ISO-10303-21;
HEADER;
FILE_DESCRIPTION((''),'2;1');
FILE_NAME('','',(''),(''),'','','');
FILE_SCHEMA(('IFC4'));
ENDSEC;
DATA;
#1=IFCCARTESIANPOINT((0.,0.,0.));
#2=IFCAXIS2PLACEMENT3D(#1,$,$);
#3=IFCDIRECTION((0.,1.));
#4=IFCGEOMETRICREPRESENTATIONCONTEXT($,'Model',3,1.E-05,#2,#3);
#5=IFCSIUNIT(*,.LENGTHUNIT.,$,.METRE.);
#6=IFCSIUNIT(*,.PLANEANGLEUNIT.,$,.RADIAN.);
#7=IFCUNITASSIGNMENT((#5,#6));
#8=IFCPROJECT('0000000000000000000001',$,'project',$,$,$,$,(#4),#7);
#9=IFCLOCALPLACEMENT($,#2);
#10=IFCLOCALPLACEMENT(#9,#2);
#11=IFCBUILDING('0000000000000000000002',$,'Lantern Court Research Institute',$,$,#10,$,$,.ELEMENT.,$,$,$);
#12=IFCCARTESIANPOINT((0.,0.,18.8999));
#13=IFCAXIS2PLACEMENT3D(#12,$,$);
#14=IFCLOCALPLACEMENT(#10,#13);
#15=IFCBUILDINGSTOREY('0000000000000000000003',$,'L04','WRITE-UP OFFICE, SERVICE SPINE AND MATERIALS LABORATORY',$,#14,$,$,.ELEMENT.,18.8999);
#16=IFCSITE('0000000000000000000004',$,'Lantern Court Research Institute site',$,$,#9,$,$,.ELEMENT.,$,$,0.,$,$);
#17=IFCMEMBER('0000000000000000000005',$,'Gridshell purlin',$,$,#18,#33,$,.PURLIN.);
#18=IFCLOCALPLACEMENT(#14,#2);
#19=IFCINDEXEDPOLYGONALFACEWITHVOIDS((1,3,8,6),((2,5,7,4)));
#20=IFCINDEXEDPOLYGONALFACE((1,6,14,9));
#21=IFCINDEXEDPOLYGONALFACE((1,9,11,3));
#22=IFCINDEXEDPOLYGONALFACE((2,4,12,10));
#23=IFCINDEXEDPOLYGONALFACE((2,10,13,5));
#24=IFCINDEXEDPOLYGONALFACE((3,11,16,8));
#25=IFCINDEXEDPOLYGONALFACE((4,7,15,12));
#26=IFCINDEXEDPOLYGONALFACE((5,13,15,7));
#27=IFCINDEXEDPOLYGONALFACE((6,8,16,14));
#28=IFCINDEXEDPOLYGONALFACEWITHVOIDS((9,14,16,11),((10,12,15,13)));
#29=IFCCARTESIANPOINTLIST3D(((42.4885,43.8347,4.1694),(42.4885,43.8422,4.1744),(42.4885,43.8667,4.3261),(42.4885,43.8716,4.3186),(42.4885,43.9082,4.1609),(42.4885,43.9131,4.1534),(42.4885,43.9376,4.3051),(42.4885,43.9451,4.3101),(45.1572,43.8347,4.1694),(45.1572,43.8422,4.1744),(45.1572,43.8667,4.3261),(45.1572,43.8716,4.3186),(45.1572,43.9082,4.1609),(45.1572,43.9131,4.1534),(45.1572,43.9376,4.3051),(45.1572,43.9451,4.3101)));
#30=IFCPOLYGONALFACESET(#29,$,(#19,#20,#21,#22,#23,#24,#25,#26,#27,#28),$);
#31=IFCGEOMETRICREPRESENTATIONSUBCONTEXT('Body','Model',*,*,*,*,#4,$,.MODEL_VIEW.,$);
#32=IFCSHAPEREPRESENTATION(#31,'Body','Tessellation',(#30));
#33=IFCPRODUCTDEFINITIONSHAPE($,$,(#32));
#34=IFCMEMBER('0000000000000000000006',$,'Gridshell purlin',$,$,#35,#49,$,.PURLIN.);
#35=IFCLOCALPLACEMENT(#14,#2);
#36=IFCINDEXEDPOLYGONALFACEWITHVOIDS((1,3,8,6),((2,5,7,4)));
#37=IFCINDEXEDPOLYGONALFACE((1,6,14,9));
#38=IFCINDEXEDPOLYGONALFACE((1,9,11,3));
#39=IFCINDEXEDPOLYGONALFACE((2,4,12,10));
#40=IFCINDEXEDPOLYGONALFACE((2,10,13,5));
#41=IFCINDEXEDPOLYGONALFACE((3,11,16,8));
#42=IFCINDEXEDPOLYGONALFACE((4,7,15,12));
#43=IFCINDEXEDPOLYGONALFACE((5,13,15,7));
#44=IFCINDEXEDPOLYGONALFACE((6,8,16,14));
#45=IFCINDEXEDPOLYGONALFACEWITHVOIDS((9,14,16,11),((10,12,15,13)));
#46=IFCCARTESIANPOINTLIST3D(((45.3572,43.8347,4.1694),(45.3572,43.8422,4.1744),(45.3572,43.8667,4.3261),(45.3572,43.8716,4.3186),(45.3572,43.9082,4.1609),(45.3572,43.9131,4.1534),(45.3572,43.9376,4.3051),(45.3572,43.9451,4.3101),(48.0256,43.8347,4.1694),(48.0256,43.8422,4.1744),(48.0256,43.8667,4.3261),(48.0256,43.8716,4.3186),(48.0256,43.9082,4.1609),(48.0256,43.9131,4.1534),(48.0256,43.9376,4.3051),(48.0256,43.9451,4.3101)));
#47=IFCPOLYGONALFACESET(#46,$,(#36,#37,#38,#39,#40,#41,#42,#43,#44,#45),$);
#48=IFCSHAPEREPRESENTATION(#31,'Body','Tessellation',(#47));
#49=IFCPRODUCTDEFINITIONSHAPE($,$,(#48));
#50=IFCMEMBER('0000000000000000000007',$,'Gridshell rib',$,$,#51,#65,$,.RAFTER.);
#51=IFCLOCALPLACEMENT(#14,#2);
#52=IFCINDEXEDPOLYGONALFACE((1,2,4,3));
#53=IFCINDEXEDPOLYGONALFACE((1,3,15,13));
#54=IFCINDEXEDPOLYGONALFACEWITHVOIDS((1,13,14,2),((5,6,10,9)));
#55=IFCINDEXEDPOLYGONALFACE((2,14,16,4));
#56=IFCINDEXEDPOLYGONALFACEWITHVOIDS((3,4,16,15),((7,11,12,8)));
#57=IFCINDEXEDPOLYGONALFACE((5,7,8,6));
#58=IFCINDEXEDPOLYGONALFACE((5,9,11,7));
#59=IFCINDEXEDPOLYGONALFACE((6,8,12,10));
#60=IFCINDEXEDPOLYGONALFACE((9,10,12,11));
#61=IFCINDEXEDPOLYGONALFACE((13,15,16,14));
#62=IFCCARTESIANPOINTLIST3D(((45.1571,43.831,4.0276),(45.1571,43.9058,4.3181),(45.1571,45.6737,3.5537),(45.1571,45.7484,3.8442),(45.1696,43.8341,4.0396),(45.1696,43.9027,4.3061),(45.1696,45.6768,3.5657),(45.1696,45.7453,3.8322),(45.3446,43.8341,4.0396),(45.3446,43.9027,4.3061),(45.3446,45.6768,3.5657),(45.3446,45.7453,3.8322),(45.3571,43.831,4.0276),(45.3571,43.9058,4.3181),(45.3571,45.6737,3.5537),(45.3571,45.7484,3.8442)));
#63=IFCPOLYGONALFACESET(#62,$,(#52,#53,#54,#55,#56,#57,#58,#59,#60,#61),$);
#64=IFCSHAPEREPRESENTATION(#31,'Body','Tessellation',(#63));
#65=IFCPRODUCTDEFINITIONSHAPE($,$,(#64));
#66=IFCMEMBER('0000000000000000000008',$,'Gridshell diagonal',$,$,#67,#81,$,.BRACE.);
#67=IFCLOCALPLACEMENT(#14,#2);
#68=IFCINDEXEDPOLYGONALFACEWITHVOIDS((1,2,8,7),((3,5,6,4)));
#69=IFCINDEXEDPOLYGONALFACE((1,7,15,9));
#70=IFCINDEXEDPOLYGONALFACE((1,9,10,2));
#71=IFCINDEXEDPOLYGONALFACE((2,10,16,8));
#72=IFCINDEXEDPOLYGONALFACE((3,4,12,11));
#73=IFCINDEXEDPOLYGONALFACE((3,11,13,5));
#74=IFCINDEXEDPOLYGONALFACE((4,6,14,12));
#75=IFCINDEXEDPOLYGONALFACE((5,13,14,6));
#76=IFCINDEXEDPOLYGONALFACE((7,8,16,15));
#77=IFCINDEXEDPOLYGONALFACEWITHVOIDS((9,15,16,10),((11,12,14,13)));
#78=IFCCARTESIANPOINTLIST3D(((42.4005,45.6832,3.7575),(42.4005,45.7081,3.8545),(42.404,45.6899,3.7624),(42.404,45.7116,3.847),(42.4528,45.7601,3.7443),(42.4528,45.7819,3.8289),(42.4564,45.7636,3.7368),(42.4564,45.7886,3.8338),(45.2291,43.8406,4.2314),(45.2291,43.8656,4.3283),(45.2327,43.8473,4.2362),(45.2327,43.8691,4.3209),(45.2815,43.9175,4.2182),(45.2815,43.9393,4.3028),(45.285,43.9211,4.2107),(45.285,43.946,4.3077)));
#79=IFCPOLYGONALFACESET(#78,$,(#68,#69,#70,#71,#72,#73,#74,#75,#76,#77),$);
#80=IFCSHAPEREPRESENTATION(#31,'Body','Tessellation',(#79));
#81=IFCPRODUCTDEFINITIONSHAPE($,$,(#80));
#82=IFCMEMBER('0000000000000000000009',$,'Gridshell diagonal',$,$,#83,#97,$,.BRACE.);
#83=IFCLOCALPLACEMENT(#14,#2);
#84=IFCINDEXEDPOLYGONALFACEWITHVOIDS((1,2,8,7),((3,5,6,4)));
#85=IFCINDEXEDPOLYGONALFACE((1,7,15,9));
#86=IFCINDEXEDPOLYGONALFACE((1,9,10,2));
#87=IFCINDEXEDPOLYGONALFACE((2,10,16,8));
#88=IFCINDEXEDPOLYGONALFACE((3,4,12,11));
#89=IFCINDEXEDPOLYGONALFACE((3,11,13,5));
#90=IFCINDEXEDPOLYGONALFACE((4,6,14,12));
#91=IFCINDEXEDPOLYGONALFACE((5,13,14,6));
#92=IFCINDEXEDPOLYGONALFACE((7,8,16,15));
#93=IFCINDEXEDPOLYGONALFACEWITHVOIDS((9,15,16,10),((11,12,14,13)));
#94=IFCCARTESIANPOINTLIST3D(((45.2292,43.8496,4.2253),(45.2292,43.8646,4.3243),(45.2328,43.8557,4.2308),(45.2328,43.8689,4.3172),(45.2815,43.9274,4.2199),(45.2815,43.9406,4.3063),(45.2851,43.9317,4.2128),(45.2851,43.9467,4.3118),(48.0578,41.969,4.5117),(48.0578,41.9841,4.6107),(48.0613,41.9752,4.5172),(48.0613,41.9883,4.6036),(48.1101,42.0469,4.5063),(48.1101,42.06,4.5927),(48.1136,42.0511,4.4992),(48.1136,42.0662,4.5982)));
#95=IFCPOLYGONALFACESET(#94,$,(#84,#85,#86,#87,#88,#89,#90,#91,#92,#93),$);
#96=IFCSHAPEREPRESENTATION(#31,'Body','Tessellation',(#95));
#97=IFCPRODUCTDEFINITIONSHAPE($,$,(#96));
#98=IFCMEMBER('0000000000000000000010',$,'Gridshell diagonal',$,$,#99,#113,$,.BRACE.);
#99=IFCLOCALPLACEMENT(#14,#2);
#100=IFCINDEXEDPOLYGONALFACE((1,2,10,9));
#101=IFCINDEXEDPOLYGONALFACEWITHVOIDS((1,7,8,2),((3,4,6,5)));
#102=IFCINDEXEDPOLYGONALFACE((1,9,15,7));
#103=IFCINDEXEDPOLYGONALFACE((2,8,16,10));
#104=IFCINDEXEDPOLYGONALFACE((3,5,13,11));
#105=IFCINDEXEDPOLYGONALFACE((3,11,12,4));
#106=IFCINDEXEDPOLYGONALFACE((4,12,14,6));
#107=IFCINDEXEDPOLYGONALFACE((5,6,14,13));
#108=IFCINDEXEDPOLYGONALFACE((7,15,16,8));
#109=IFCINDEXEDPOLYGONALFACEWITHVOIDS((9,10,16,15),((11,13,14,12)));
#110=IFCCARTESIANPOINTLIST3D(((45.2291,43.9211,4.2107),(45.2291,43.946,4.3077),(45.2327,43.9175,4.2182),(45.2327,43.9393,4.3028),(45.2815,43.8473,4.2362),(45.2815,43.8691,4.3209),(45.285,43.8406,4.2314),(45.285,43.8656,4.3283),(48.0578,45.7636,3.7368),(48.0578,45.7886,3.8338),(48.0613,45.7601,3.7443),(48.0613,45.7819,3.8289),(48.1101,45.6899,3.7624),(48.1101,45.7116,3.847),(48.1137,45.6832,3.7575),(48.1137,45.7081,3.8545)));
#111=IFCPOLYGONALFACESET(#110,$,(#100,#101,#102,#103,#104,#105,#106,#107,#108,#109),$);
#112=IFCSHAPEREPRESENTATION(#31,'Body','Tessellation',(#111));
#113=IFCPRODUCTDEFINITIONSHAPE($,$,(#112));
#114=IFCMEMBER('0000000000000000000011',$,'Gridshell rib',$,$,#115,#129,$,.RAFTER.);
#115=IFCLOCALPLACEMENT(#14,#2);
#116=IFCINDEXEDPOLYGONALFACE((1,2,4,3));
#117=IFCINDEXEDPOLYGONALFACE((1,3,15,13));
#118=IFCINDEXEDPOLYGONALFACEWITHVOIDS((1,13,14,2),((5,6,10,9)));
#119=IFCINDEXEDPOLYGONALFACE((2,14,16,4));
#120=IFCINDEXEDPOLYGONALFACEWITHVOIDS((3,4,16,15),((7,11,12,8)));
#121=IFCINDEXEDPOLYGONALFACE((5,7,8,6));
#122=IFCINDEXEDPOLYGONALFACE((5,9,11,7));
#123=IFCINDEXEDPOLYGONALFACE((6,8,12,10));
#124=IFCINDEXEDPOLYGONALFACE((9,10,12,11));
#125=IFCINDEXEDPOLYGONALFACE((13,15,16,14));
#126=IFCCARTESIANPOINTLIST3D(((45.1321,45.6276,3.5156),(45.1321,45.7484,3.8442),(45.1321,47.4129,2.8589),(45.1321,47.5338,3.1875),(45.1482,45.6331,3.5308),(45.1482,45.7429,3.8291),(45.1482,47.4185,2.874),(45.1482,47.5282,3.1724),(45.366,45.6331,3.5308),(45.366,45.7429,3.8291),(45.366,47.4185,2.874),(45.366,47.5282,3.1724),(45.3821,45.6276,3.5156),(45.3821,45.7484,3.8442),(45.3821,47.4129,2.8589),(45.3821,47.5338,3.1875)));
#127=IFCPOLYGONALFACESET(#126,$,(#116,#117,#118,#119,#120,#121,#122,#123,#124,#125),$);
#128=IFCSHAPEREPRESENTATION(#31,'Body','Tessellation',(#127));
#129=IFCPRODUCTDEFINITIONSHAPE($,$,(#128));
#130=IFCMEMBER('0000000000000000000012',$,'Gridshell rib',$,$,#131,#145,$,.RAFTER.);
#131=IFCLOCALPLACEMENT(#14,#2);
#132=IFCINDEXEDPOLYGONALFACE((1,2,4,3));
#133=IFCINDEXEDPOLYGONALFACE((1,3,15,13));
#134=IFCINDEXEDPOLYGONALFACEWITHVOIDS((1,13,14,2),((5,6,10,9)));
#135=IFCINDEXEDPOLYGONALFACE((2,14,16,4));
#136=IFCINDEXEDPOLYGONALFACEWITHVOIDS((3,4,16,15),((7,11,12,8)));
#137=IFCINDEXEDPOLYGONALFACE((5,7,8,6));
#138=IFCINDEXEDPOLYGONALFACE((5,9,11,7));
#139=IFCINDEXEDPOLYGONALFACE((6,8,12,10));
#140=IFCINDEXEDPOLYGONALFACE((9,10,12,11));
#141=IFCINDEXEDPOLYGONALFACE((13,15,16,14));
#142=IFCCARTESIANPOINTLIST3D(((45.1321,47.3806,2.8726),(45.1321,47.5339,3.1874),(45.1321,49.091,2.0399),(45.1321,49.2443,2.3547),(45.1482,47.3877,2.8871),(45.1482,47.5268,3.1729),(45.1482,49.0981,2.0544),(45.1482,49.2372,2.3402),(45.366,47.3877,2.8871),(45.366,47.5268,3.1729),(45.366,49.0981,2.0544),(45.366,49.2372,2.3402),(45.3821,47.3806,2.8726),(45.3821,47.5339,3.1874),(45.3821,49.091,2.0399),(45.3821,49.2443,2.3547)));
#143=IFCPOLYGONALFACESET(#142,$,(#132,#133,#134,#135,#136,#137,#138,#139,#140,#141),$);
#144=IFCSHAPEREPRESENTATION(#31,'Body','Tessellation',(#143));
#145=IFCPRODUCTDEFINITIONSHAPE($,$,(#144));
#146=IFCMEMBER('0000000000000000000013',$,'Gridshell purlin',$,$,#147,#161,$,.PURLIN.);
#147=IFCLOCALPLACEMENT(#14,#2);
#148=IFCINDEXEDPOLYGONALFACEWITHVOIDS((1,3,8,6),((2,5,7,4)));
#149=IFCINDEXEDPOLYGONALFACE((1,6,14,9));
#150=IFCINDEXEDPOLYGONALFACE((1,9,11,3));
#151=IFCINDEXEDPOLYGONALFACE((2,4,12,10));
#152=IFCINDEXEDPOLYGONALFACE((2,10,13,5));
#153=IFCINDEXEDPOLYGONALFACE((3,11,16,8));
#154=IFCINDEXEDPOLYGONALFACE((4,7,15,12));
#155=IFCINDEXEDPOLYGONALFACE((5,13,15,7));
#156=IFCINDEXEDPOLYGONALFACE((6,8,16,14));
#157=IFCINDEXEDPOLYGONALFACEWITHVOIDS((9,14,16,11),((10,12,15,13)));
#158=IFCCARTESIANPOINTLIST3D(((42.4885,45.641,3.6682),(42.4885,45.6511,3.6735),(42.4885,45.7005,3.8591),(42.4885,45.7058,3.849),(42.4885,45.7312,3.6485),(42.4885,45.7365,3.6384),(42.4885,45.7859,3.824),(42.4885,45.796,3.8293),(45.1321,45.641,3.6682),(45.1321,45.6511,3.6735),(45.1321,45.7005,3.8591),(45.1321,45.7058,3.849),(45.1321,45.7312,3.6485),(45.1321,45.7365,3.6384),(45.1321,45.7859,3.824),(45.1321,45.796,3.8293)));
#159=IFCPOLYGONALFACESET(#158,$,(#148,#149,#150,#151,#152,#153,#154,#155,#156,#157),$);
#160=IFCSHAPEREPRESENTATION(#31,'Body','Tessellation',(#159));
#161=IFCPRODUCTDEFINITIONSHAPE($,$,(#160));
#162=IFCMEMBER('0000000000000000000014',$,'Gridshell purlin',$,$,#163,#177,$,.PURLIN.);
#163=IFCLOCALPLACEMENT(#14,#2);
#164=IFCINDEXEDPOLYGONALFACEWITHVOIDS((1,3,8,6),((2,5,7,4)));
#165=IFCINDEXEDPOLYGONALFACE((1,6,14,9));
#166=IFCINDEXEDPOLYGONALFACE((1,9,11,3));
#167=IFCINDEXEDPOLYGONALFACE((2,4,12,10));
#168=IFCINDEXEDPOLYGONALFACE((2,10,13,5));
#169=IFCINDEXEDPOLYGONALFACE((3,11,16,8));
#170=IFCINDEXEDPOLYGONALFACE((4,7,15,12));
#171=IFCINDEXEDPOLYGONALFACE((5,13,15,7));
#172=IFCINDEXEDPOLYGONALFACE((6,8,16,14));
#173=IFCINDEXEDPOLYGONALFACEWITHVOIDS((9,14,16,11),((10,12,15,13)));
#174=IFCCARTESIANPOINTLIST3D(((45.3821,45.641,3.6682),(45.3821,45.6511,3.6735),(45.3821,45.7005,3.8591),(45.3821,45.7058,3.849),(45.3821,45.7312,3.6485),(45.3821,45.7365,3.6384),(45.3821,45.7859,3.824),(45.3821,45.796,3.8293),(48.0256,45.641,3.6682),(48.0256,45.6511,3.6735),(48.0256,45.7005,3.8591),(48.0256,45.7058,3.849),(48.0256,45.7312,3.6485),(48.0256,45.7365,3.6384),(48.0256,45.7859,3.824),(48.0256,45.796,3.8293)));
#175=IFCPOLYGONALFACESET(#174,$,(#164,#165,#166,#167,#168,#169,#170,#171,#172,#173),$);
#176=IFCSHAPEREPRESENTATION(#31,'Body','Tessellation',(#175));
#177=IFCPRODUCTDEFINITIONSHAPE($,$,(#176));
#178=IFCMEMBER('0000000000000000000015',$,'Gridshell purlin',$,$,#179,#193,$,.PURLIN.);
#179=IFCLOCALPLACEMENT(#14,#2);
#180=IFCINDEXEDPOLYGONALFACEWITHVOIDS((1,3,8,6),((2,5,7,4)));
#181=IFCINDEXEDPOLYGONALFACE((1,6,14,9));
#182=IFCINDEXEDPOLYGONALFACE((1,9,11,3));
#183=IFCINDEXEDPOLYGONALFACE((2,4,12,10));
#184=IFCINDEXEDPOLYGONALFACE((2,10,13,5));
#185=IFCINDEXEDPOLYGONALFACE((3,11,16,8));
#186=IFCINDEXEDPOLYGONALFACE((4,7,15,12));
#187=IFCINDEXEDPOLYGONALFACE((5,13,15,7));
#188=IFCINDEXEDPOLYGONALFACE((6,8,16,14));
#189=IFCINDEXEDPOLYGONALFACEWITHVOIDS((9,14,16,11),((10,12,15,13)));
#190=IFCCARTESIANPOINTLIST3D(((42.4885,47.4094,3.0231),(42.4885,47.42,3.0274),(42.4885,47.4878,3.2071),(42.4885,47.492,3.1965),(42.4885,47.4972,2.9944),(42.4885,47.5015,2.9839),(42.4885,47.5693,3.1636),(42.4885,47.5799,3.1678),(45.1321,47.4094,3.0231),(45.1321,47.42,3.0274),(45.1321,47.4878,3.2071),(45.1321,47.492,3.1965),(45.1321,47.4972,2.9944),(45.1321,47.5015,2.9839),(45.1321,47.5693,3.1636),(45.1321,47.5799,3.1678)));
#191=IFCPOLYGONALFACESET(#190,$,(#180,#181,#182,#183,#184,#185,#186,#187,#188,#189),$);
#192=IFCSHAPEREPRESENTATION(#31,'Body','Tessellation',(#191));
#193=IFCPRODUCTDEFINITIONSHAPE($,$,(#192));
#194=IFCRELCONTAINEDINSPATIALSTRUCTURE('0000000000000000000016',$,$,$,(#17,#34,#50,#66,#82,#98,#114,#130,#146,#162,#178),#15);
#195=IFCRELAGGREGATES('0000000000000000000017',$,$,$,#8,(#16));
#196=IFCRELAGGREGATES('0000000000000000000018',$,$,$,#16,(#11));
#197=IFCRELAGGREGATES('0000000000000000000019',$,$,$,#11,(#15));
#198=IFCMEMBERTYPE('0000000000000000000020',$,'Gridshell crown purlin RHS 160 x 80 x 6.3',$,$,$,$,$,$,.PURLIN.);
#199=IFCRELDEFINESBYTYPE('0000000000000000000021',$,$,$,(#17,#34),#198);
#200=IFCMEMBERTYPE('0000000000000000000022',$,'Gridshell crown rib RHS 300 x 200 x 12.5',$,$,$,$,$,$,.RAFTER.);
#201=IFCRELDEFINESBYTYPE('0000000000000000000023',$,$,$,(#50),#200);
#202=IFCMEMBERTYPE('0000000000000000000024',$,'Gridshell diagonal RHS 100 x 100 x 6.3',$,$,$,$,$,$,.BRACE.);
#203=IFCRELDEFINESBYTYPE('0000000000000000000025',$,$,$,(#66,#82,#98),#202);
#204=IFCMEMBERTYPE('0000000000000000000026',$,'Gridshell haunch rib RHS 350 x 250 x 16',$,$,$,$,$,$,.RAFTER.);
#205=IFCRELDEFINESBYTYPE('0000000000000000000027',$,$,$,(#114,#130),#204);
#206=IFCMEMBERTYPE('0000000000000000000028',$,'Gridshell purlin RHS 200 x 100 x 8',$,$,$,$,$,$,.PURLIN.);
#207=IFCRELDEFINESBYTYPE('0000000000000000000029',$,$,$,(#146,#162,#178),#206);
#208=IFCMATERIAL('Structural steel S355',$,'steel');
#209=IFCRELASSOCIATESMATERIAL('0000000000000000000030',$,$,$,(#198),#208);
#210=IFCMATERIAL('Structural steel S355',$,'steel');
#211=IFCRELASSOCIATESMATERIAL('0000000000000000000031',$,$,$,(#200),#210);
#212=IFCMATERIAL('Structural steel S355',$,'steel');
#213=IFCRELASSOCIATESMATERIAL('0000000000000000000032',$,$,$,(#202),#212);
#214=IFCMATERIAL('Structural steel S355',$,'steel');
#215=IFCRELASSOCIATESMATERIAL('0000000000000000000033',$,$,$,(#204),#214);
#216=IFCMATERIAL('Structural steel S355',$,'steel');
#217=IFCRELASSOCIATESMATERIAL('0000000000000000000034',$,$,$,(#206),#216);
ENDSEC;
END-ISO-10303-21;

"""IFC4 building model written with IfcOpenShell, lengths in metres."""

from ifc_helpers import new_model, si_unit, direction, frame, origin, origin_2d, place, context, subcontext, project, spatial, hollow_rectangle, extrude, material, material_profile, profile_set, type_object, element, save


model = new_model("IFC4")

# Units and contexts
model_context = context("Model", 3, precision=1e-05, world=origin(), true_north=direction((0.0, 1.0)))
body_context = subcontext(model_context, "Body", "Model", "MODEL_VIEW")
ifc_project = project(units=[si_unit("LENGTHUNIT", "METRE"), si_unit("PLANEANGLEUNIT", "RADIAN")], contexts=[model_context])

# Site, building, storey
site_placement = place(None, origin())
site = spatial("IfcSite", under=ifc_project, at=site_placement, Name="Lantern Court Research Institute site", CompositionType="ELEMENT", RefElevation=0.0)
building_placement = place(site_placement, origin())
building = spatial("IfcBuilding", under=site, at=building_placement, Name="Lantern Court Research Institute", CompositionType="ELEMENT")
storey_placement = place(building_placement, frame((0.0, 0.0, 18.8999)))
storey = spatial("IfcBuildingStorey", under=building, at=storey_placement, Name="L04", Description="WRITE-UP OFFICE, SERVICE SPINE AND MATERIALS LABORATORY", CompositionType="ELEMENT", Elevation=18.8999)

# Members
ifc_material_1 = material(Name="Structural steel S355", Category="steel")
ifc_material_profile_1 = material_profile(ifc_material_1, hollow_rectangle(XDim=0.0801, YDim=0.1599, WallThickness=0.0063, at=origin_2d()), Name="Gridshell crown purlin RHS 160 x 80 x 6.3")
ifc_profile_set_1 = profile_set([ifc_material_profile_1], Name="Structural steel S355")
member_type_1 = type_object("IfcMemberType", Name="Gridshell crown purlin RHS 160 x 80 x 6.3", PredefinedType="PURLIN", material=ifc_profile_set_1)
member_1_placement = place(storey_placement, frame((42.4885, 43.8899, 4.2397), z_axis=(1.0, 0.0, 0.0), x_axis=(0.0, 0.979787, -0.200043)))
element("IfcMember", 1, at=member_1_placement, inside=storey, type_object=member_type_1, Name="Gridshell purlin", PredefinedType="PURLIN", context=body_context, shape_type="SweptSolid", body=[
    extrude(hollow_rectangle(XDim=0.0801, YDim=0.1599, WallThickness=0.0063, at=origin_2d()), origin(), (0.0, 0.0, 1.0), 2.6687),
])
member_2_placement = place(storey_placement, frame((45.3572, 43.8899, 4.2397), z_axis=(1.0, 0.0, 0.0), x_axis=(0.0, 0.979787, -0.200043)))
element("IfcMember", 2, at=member_2_placement, inside=storey, type_object=member_type_1, Name="Gridshell purlin", PredefinedType="PURLIN", context=body_context, shape_type="SweptSolid", body=[
    extrude(hollow_rectangle(XDim=0.0801, YDim=0.1599, WallThickness=0.0063, at=origin_2d()), origin(), (0.0, 0.0, 1.0), 2.6685),
])
ifc_material_2 = material(Name="Structural steel S355", Category="steel")
ifc_material_profile_2 = material_profile(ifc_material_2, hollow_rectangle(XDim=0.2, YDim=0.3, WallThickness=0.0125, at=origin_2d()), Name="Gridshell crown rib RHS 300 x 200 x 12.5")
ifc_profile_set_2 = profile_set([ifc_material_profile_2], Name="Structural steel S355")
member_type_2 = type_object("IfcMemberType", Name="Gridshell crown rib RHS 300 x 200 x 12.5", PredefinedType="RAFTER", material=ifc_profile_set_2)
member_3_placement = place(storey_placement, frame((45.2571, 43.8684, 4.1729), z_axis=(0.0, 0.968482, -0.249082), x_axis=(-1.0, 0.0, 0.0)))
element("IfcMember", 3, at=member_3_placement, inside=storey, type_object=member_type_2, Name="Gridshell rib", PredefinedType="RAFTER", context=body_context, shape_type="SweptSolid", body=[
    extrude(hollow_rectangle(XDim=0.2, YDim=0.3, WallThickness=0.0125, at=origin_2d()), origin(), (0.0, 0.0, 1.0), 1.9026),
])
ifc_material_3 = material(Name="Structural steel S355", Category="steel")
ifc_material_profile_3 = material_profile(ifc_material_3, hollow_rectangle(XDim=0.1001, YDim=0.1001, WallThickness=0.0063, at=origin_2d()), Name="Gridshell diagonal RHS 100 x 100 x 6.3")
ifc_profile_set_3 = profile_set([ifc_material_profile_3], Name="Structural steel S355")
member_type_3 = type_object("IfcMemberType", Name="Gridshell diagonal RHS 100 x 100 x 6.3", PredefinedType="BRACE", material=ifc_profile_set_3)
member_4_placement = place(storey_placement, frame((45.2571, 43.8933, 4.2695), z_axis=(-0.829776, 0.540507, -0.139012), x_axis=(-0.558097, -0.803619, 0.206699)))
element("IfcMember", 4, at=member_4_placement, inside=storey, type_object=member_type_3, Name="Gridshell diagonal", PredefinedType="BRACE", context=body_context, shape_type="SweptSolid", body=[
    extrude(hollow_rectangle(XDim=0.1001, YDim=0.1001, WallThickness=0.0063, at=origin_2d()), origin(), (0.0, 0.0, 1.0), 3.4089),
])
member_5_placement = place(storey_placement, frame((48.0857, 42.0176, 4.5549), z_axis=(-0.829802, 0.551698, -0.084012), x_axis=(-0.558057, -0.820354, 0.124863)))
element("IfcMember", 5, at=member_5_placement, inside=storey, type_object=member_type_3, Name="Gridshell diagonal", PredefinedType="BRACE", context=body_context, shape_type="SweptSolid", body=[
    extrude(hollow_rectangle(XDim=0.1001, YDim=0.1001, WallThickness=0.0063, at=origin_2d()), origin(), (0.0, 0.0, 1.0), 3.4087),
])
member_6_placement = place(storey_placement, frame((45.2571, 43.8933, 4.2695), z_axis=(0.829776, 0.540507, -0.139012), x_axis=(-0.558097, 0.803619, -0.206699)))
element("IfcMember", 6, at=member_6_placement, inside=storey, type_object=member_type_3, Name="Gridshell diagonal", PredefinedType="BRACE", context=body_context, shape_type="SweptSolid", body=[
    extrude(hollow_rectangle(XDim=0.1001, YDim=0.1001, WallThickness=0.0063, at=origin_2d()), origin(), (0.0, 0.0, 1.0), 3.4089),
])
ifc_material_4 = material(Name="Structural steel S355", Category="steel")
ifc_material_profile_4 = material_profile(ifc_material_4, hollow_rectangle(XDim=0.25, YDim=0.3501, WallThickness=0.0161, at=origin_2d()), Name="Gridshell haunch rib RHS 350 x 250 x 16")
ifc_profile_set_4 = profile_set([ifc_material_profile_4], Name="Structural steel S355")
member_type_4 = type_object("IfcMemberType", Name="Gridshell haunch rib RHS 350 x 250 x 16", PredefinedType="RAFTER", material=ifc_profile_set_4)
for number, where, z_axis, x_axis, name in (
    (7, (45.2571, 45.688, 3.6799), (0.0, 0.93852, -0.345224), (-1.0, 0.0, 0.0), "Gridshell rib"),
    (8, (45.2571, 47.4573, 3.03), (0.0, 0.8991, -0.437743), (-1.0, 0.0, 0.0), "Gridshell rib"),
):
    element("IfcMember", number, at=place(storey_placement, frame(where, z_axis=z_axis, x_axis=x_axis)), inside=storey, type_object=member_type_4, Name=name, PredefinedType="RAFTER", context=body_context, shape_type="SweptSolid", body=[
        extrude(hollow_rectangle(XDim=0.25, YDim=0.3501, WallThickness=0.0161, at=origin_2d()), origin(), (0.0, 0.0, 1.0), 1.9023),
    ])
ifc_material_5 = material(Name="Structural steel S355", Category="steel")
ifc_material_profile_5 = material_profile(ifc_material_5, hollow_rectangle(XDim=0.1001, YDim=0.2, WallThickness=0.0081, at=origin_2d()), Name="Gridshell purlin RHS 200 x 100 x 8")
ifc_profile_set_5 = profile_set([ifc_material_profile_5], Name="Structural steel S355")
member_type_5 = type_object("IfcMemberType", Name="Gridshell purlin RHS 200 x 100 x 8", PredefinedType="PURLIN", material=ifc_profile_set_5)
for number, where, z_axis, x_axis, name in (
    (9, (42.4885, 45.7185, 3.7488), (1.0, 0.0, 0.0), (0.0, 0.954713, -0.297528), "Gridshell purlin"),
    (10, (45.3821, 45.7185, 3.7488), (1.0, 0.0, 0.0), (0.0, 0.954713, -0.297528), "Gridshell purlin"),
    (11, (42.4885, 47.4946, 3.0955), (1.0, 0.0, 0.0), (0.0, 0.919966, -0.391999), "Gridshell purlin"),
):
    element("IfcMember", number, at=place(storey_placement, frame(where, z_axis=z_axis, x_axis=x_axis)), inside=storey, type_object=member_type_5, Name=name, PredefinedType="PURLIN", context=body_context, shape_type="SweptSolid", body=[
        extrude(hollow_rectangle(XDim=0.1001, YDim=0.2, WallThickness=0.0081, at=origin_2d()), origin(), (0.0, 0.0, 1.0), 2.6436),
    ])

save(model, "model.ifc")
